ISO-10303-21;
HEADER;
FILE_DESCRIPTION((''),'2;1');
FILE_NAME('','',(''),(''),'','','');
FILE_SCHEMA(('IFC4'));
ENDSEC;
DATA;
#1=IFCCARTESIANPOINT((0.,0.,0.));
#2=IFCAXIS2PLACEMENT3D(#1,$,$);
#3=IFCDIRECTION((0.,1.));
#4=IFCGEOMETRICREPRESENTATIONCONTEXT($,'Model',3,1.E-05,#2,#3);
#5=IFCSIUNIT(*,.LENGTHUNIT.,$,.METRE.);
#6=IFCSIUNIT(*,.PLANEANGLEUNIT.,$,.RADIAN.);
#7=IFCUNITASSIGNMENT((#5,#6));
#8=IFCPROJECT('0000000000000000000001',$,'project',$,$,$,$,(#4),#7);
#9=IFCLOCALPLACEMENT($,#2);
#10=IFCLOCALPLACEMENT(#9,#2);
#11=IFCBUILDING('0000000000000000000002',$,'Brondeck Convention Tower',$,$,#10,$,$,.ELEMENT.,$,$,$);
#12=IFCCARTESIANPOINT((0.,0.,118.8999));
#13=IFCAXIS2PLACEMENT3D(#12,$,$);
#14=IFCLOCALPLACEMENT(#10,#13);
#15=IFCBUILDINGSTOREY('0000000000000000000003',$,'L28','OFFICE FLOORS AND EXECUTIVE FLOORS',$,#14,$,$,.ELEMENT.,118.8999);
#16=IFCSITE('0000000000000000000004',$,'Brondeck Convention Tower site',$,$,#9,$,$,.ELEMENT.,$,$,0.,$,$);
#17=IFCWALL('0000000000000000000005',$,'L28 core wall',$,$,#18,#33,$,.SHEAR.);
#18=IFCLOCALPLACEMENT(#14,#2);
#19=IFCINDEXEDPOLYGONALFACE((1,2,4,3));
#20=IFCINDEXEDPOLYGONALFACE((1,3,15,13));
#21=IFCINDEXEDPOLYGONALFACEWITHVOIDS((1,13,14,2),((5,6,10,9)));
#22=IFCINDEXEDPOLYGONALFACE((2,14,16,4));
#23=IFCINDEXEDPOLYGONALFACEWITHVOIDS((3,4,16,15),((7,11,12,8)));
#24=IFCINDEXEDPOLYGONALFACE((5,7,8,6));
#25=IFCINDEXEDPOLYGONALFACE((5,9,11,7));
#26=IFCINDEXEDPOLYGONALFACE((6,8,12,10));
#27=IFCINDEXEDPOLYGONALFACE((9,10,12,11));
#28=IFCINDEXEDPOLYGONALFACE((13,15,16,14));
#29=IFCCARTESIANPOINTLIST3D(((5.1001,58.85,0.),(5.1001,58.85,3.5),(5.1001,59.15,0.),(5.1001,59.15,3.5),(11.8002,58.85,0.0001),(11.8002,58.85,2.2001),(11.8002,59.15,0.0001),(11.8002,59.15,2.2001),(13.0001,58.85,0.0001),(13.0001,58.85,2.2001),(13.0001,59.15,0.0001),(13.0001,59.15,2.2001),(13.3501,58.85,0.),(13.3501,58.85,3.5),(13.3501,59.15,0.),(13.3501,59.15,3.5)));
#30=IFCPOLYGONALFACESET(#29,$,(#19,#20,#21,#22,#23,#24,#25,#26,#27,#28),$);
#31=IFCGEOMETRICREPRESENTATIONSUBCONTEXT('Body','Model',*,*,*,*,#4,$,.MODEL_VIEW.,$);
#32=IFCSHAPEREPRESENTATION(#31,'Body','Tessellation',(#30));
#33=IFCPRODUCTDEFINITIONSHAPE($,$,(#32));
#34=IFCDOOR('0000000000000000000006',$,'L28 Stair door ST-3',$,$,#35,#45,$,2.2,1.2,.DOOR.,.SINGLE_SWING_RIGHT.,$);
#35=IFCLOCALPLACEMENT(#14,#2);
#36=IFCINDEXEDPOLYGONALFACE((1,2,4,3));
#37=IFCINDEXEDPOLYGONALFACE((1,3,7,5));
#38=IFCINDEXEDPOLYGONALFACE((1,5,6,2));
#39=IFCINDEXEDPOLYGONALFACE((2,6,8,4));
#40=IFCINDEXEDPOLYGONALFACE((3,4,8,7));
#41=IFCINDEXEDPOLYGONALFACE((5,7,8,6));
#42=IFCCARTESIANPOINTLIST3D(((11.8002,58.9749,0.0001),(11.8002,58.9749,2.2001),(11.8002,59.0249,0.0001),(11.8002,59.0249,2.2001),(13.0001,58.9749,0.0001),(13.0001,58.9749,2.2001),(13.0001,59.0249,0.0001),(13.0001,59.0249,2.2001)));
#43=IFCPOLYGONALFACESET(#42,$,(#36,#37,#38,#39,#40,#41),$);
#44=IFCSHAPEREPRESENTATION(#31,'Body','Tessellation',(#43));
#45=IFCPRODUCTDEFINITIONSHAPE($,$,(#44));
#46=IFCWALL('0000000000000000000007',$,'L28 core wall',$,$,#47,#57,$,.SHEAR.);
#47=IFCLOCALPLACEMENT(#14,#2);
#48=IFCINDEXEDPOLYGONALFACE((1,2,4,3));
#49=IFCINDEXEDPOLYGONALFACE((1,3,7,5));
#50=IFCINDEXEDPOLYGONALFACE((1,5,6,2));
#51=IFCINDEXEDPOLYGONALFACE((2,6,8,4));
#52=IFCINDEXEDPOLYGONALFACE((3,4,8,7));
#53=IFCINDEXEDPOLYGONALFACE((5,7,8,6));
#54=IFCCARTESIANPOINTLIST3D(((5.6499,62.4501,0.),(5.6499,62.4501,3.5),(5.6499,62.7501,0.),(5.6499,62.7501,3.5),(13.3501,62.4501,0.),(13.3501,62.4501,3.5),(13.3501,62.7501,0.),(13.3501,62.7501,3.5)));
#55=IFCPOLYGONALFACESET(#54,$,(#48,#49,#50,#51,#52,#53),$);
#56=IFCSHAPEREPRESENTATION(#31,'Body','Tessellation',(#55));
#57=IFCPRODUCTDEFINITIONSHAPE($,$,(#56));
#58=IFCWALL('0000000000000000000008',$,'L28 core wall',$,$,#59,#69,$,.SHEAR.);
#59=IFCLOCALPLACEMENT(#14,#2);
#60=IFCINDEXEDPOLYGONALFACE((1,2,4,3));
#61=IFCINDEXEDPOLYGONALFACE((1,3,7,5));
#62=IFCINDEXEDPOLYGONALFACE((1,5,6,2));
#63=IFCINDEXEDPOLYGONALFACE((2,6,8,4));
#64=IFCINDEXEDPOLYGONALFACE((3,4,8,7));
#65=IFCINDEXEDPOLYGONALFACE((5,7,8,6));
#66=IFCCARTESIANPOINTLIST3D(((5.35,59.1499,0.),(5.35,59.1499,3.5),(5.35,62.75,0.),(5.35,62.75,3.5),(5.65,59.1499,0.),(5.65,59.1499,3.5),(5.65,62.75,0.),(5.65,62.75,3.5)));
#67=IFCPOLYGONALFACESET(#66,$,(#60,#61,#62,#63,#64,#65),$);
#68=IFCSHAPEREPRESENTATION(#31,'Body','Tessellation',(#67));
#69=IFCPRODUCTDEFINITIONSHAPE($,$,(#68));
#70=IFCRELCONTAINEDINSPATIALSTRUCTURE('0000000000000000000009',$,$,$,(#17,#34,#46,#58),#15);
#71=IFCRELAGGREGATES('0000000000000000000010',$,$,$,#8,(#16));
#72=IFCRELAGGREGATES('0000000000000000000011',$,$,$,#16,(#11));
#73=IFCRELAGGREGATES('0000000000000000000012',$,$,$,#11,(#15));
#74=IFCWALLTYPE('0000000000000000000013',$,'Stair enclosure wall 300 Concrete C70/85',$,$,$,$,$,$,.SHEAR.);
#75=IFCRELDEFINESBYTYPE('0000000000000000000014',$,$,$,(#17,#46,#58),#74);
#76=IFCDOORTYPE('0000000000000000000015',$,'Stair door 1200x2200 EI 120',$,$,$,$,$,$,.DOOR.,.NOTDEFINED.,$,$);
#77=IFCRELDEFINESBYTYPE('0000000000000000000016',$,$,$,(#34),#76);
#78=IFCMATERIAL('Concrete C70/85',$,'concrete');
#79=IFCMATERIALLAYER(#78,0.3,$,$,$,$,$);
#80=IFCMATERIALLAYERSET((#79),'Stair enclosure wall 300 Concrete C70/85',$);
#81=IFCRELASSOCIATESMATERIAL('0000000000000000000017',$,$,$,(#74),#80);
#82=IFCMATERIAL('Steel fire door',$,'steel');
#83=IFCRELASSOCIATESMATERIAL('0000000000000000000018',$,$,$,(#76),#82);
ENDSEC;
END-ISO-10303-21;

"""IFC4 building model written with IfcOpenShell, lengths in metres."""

from ifc_helpers import new_model, si_unit, direction, frame, frame_2d, origin, place, context, subcontext, project, spatial, rectangle, extrude, material, layer, layer_set, type_object, element, fill, save


model = new_model("IFC4")

# Units and contexts
model_context = context("Model", 3, precision=1e-05, world=origin(), true_north=direction((0.0, 1.0)))
body_context = subcontext(model_context, "Body", "Model", "MODEL_VIEW")
ifc_project = project(units=[si_unit("LENGTHUNIT", "METRE"), si_unit("PLANEANGLEUNIT", "RADIAN")], contexts=[model_context])

# Site, building, storey
site_placement = place(None, origin())
site = spatial("IfcSite", under=ifc_project, at=site_placement, Name="Brondeck Convention Tower site", CompositionType="ELEMENT", RefElevation=0.0)
building_placement = place(site_placement, origin())
building = spatial("IfcBuilding", under=site, at=building_placement, Name="Brondeck Convention Tower", CompositionType="ELEMENT")
storey_placement = place(building_placement, frame((0.0, 0.0, 118.8999)))
storey = spatial("IfcBuildingStorey", under=building, at=storey_placement, Name="L28", Description="OFFICE FLOORS AND EXECUTIVE FLOORS", CompositionType="ELEMENT", Elevation=118.8999)

# Shared definitions
ifc_material_1 = material(Name="Concrete C70/85", Category="concrete")

# Shared definitions
ifc_material_2 = material(Name="Steel fire door", Category="steel")

# Wall, opening, door
ifc_layer_1 = layer(ifc_material_1, 0.3)
ifc_layer_set_1 = layer_set([ifc_layer_1], Name="Stair enclosure wall 300 Concrete C70/85")
wall_type_1 = type_object("IfcWallType", Name="Stair enclosure wall 300 Concrete C70/85", PredefinedType="SHEAR", material=ifc_layer_set_1)
wall_1_placement = place(storey_placement, frame((5.1001, 59.0, 0.0), z_axis=(0.0, 0.0, 1.0), x_axis=(1.0, 0.0, 0.0)))
wall_1 = element("IfcWall", 1, at=wall_1_placement, inside=storey, type_object=wall_type_1, Name="L28 core wall", PredefinedType="SHEAR", context=body_context, shape_type="SweptSolid", body=[
    extrude(rectangle(XDim=8.25, YDim=0.3, at=frame_2d((4.125, 0.0))), origin(), (0.0, 0.0, 1.0), 3.5),
])
opening_1_placement = place(wall_1_placement, frame((6.7, 0.0, 0.0)))
opening_1 = element("IfcOpeningElement", 2, at=opening_1_placement, cuts=wall_1, PredefinedType="OPENING", context=body_context, shape_type="SweptSolid", body=[
    extrude(rectangle(XDim=1.2, YDim=2.2, at=frame_2d((0.6001, 1.1001))), frame((0.0, 0.1599, 0.0), z_axis=(0.0, -1.0, 0.0), x_axis=(1.0, 0.0, 0.0)), (0.0, 0.0, 1.0), 0.3201),
])
door_type_1 = type_object("IfcDoorType", Name="Stair door 1200x2200 EI 120", OperationType="NOTDEFINED", PredefinedType="DOOR", material=ifc_material_2)
door_1_placement = place(opening_1_placement, origin())
door_1 = element("IfcDoor", 3, at=door_1_placement, inside=storey, type_object=door_type_1, Name="L28 Stair door ST-3", OperationType="SINGLE_SWING_RIGHT", OverallHeight=2.2, OverallWidth=1.2, PredefinedType="DOOR", context=body_context, shape_type="SweptSolid", body=[
    extrude(rectangle(XDim=1.2, YDim=2.2, at=frame_2d((0.6001, 1.1001))), frame((0.0, 0.0249, 0.0), z_axis=(0.0, -1.0, 0.0), x_axis=(1.0, 0.0, 0.0)), (0.0, 0.0, 1.0), 0.05),
])
fill(opening_1, door_1)

# Walls
wall_2_placement = place(storey_placement, frame((5.6499, 62.6001, 0.0), z_axis=(0.0, 0.0, 1.0), x_axis=(1.0, 0.0, 0.0)))
element("IfcWall", 4, at=wall_2_placement, inside=storey, type_object=wall_type_1, Name="L28 core wall", PredefinedType="SHEAR", context=body_context, shape_type="SweptSolid", body=[
    extrude(rectangle(XDim=7.7002, YDim=0.3, at=frame_2d((3.8501, 0.0))), origin(), (0.0, 0.0, 1.0), 3.5),
])
wall_3_placement = place(storey_placement, frame((5.5, 59.1499, 0.0), z_axis=(0.0, 0.0, 1.0), x_axis=(0.0, 1.0, 0.0)))
element("IfcWall", 5, at=wall_3_placement, inside=storey, type_object=wall_type_1, Name="L28 core wall", PredefinedType="SHEAR", context=body_context, shape_type="SweptSolid", body=[
    extrude(rectangle(XDim=3.6001, YDim=0.3, at=frame_2d((1.8, 0.0))), origin(), (0.0, 0.0, 1.0), 3.5),
])

save(model, "model.ifc")
